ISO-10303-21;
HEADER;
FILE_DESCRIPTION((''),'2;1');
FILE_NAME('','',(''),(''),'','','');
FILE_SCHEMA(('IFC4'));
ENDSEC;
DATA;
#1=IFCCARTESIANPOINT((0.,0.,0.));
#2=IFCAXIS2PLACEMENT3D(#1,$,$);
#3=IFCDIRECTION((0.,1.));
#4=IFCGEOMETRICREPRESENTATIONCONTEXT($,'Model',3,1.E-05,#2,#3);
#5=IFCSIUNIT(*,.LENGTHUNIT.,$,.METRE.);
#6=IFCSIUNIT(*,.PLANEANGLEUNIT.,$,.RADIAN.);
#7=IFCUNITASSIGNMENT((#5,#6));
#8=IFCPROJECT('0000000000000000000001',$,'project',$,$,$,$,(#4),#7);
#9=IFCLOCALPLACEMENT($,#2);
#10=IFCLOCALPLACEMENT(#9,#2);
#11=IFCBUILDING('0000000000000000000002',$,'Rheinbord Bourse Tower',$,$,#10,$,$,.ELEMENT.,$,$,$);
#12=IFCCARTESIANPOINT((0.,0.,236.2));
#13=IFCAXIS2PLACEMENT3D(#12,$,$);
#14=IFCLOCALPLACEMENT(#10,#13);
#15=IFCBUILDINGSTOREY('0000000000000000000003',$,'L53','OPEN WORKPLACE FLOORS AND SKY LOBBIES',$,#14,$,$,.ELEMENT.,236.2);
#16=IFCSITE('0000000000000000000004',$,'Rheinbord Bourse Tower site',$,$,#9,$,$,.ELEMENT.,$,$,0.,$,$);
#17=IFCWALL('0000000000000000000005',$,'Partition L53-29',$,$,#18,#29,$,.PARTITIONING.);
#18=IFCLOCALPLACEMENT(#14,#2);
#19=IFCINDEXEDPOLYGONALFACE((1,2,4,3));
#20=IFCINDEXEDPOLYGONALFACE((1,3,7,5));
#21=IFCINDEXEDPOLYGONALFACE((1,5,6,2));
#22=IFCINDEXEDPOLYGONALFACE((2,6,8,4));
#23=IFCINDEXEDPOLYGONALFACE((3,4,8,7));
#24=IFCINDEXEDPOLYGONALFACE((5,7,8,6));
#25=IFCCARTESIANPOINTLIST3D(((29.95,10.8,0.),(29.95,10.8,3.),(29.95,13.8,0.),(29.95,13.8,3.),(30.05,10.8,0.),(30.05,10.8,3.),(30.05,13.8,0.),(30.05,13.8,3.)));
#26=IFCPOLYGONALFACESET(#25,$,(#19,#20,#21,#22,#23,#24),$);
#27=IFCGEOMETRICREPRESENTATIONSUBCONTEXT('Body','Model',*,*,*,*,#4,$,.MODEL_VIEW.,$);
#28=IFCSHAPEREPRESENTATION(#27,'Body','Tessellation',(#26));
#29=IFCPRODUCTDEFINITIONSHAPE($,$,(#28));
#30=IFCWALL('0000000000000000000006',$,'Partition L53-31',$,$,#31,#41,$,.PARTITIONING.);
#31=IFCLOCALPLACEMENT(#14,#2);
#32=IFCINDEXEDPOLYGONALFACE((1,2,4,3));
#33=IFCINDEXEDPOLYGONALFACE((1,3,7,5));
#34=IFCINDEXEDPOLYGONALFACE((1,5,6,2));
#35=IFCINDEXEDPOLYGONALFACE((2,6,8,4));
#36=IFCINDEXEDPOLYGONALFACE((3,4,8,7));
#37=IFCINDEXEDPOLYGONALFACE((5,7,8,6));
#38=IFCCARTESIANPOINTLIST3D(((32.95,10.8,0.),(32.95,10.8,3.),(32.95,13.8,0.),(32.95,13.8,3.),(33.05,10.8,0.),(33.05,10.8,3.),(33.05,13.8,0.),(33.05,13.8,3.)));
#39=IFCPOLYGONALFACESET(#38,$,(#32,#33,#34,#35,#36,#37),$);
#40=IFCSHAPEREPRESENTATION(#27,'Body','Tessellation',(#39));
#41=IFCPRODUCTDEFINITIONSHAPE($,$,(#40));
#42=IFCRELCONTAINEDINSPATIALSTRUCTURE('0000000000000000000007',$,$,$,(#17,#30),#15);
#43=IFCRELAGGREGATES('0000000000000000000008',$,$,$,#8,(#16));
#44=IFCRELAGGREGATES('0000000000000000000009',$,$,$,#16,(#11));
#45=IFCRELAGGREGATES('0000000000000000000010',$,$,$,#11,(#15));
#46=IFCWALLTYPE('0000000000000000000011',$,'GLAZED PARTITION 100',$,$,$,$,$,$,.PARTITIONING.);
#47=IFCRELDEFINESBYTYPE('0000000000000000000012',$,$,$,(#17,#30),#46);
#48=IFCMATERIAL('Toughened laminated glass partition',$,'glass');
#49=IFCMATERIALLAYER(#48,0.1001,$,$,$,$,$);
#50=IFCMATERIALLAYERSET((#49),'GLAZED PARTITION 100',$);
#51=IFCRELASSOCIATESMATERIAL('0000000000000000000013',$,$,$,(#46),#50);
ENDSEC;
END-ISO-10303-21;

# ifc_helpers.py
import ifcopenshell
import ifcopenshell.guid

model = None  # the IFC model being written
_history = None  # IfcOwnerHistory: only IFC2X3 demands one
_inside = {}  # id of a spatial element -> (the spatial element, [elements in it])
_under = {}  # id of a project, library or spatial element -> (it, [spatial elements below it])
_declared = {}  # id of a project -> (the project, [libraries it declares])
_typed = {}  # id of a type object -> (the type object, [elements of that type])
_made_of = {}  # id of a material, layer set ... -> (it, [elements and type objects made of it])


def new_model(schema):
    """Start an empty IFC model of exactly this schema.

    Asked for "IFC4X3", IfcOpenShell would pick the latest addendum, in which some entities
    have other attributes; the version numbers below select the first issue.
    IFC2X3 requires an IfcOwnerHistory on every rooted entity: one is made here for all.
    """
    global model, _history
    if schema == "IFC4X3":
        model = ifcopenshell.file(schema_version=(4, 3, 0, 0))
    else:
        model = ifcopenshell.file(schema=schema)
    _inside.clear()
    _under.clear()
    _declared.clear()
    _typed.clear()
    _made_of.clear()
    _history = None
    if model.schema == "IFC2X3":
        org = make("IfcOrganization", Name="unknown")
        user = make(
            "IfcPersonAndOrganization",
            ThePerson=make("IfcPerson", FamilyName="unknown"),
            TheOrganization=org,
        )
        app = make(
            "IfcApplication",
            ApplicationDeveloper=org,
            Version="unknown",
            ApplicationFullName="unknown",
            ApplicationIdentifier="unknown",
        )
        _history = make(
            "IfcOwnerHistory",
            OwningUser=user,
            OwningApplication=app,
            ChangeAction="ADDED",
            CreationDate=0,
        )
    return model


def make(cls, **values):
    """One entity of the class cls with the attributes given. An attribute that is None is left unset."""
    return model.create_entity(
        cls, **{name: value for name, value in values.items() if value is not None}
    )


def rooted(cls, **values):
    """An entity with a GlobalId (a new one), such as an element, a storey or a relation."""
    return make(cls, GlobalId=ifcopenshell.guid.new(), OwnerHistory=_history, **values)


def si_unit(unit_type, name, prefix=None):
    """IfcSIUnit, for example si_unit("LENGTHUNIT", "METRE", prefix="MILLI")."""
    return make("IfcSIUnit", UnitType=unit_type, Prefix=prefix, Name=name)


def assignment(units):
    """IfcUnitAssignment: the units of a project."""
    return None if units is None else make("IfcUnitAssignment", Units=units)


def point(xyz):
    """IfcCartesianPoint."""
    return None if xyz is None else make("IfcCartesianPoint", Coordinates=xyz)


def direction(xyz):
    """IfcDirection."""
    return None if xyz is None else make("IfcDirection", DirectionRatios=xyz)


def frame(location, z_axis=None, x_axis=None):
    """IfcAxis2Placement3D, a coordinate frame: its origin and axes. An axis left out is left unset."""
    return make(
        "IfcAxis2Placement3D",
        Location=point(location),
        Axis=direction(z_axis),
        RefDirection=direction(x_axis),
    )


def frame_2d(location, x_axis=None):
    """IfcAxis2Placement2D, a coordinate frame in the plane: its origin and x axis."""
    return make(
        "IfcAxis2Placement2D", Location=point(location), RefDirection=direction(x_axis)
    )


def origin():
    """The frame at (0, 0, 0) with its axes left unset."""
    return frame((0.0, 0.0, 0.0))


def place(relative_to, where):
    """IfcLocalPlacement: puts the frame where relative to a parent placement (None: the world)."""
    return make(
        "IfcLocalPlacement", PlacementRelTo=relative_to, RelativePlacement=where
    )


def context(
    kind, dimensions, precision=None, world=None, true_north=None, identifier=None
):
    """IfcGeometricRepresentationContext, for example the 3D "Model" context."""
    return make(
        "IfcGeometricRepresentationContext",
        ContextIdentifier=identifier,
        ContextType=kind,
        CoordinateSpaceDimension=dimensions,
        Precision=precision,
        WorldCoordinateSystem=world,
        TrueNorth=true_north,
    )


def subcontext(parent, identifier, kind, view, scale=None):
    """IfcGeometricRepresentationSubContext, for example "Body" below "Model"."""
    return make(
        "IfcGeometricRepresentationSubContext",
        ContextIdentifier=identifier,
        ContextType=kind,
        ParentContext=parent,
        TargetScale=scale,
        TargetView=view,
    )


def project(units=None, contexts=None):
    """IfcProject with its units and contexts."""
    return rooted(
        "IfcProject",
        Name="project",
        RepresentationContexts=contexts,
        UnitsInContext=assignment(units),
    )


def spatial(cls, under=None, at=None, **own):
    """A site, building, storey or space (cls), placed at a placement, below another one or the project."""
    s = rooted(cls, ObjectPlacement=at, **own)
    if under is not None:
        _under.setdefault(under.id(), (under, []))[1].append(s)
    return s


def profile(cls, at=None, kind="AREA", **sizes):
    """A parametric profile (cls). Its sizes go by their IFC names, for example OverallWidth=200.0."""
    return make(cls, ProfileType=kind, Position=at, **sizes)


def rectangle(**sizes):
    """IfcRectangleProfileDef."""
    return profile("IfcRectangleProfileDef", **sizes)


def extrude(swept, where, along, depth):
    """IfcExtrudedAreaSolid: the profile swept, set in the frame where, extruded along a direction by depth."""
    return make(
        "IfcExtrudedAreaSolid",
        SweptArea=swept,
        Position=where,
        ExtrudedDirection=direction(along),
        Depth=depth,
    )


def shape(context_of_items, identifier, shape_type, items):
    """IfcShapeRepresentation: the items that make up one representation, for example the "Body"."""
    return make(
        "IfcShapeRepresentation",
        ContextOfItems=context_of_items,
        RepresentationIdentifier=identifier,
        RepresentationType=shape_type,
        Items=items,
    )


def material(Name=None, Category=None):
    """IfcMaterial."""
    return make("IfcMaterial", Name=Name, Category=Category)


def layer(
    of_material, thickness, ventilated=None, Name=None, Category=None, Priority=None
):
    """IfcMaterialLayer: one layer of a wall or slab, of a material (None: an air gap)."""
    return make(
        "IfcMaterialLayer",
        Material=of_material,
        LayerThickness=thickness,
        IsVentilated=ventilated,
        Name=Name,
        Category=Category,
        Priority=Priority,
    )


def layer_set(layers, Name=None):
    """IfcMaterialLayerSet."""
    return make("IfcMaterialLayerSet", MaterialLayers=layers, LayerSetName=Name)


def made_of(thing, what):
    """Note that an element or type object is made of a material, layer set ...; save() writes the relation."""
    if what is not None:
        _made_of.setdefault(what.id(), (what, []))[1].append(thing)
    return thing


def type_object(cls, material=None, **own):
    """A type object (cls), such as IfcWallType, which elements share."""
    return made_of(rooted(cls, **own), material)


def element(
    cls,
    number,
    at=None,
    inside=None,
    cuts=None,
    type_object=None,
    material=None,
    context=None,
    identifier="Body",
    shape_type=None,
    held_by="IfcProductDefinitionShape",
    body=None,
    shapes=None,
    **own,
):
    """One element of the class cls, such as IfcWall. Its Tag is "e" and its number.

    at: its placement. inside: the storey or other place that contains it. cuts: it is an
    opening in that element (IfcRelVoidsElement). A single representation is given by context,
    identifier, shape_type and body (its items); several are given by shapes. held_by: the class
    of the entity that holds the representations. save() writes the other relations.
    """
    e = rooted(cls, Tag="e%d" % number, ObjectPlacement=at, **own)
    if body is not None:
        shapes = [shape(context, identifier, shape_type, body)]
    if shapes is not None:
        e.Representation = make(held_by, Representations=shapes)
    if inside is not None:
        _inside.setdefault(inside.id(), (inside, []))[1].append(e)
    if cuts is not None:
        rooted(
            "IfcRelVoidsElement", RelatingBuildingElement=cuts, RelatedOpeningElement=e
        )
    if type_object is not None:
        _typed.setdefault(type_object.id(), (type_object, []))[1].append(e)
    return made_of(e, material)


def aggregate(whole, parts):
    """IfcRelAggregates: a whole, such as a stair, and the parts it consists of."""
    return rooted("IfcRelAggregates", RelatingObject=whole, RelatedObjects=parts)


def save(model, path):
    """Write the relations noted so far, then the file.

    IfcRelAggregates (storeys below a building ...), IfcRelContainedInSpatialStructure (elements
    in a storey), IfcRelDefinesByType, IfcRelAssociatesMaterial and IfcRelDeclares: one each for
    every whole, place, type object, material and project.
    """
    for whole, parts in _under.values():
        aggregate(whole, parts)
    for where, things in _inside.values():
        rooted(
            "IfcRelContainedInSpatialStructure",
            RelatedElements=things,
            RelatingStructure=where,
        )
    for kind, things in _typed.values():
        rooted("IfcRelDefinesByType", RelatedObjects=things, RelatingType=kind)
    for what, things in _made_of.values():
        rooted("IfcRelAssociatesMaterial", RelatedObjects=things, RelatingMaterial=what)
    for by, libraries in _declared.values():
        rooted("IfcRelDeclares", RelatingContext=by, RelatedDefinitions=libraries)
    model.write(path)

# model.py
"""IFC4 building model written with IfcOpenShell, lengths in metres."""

from ifc_helpers import new_model, si_unit, direction, frame, frame_2d, origin, place, context, subcontext, project, spatial, rectangle, extrude, material, layer, layer_set, type_object, element, save


model = new_model("IFC4")

# Units and contexts
model_context = context("Model", 3, precision=1e-05, world=origin(), true_north=direction((0.0, 1.0)))
body_context = subcontext(model_context, "Body", "Model", "MODEL_VIEW")
ifc_project = project(units=[si_unit("LENGTHUNIT", "METRE"), si_unit("PLANEANGLEUNIT", "RADIAN")], contexts=[model_context])

# Site, building, storey
site_placement = place(None, origin())
site = spatial("IfcSite", under=ifc_project, at=site_placement, Name="Rheinbord Bourse Tower site", CompositionType="ELEMENT", RefElevation=0.0)
building_placement = place(site_placement, origin())
building = spatial("IfcBuilding", under=site, at=building_placement, Name="Rheinbord Bourse Tower", CompositionType="ELEMENT")
storey_placement = place(building_placement, frame((0.0, 0.0, 236.2)))
storey = spatial("IfcBuildingStorey", under=building, at=storey_placement, Name="L53", Description="OPEN WORKPLACE FLOORS AND SKY LOBBIES", CompositionType="ELEMENT", Elevation=236.2)

# Shared definitions
ifc_material_1 = material(Name="Toughened laminated glass partition", Category="glass")
ifc_layer_1 = layer(ifc_material_1, 0.1001)
ifc_layer_set_1 = layer_set([ifc_layer_1], Name="GLAZED PARTITION 100")
wall_type_1 = type_object("IfcWallType", Name="GLAZED PARTITION 100", PredefinedType="PARTITIONING", material=ifc_layer_set_1)

# Walls
for number, where, z_axis, x_axis, name in (
    (1, (30.0, 10.8, 0.0), (0.0, 0.0, 1.0), (0.0, 1.0, 0.0), "Partition L53-29"),
    (2, (33.0, 10.8, 0.0), (0.0, 0.0, 1.0), (0.0, 1.0, 0.0), "Partition L53-31"),
):
    element("IfcWall", number, at=place(storey_placement, frame(where, z_axis=z_axis, x_axis=x_axis)), inside=storey, type_object=wall_type_1, Name=name, PredefinedType="PARTITIONING", context=body_context, shape_type="SweptSolid", body=[
        extrude(rectangle(XDim=3.0, YDim=0.1001, at=frame_2d((1.5, 0.0))), origin(), (0.0, 0.0, 1.0), 3.0),
    ])

save(model, "model.ifc")
